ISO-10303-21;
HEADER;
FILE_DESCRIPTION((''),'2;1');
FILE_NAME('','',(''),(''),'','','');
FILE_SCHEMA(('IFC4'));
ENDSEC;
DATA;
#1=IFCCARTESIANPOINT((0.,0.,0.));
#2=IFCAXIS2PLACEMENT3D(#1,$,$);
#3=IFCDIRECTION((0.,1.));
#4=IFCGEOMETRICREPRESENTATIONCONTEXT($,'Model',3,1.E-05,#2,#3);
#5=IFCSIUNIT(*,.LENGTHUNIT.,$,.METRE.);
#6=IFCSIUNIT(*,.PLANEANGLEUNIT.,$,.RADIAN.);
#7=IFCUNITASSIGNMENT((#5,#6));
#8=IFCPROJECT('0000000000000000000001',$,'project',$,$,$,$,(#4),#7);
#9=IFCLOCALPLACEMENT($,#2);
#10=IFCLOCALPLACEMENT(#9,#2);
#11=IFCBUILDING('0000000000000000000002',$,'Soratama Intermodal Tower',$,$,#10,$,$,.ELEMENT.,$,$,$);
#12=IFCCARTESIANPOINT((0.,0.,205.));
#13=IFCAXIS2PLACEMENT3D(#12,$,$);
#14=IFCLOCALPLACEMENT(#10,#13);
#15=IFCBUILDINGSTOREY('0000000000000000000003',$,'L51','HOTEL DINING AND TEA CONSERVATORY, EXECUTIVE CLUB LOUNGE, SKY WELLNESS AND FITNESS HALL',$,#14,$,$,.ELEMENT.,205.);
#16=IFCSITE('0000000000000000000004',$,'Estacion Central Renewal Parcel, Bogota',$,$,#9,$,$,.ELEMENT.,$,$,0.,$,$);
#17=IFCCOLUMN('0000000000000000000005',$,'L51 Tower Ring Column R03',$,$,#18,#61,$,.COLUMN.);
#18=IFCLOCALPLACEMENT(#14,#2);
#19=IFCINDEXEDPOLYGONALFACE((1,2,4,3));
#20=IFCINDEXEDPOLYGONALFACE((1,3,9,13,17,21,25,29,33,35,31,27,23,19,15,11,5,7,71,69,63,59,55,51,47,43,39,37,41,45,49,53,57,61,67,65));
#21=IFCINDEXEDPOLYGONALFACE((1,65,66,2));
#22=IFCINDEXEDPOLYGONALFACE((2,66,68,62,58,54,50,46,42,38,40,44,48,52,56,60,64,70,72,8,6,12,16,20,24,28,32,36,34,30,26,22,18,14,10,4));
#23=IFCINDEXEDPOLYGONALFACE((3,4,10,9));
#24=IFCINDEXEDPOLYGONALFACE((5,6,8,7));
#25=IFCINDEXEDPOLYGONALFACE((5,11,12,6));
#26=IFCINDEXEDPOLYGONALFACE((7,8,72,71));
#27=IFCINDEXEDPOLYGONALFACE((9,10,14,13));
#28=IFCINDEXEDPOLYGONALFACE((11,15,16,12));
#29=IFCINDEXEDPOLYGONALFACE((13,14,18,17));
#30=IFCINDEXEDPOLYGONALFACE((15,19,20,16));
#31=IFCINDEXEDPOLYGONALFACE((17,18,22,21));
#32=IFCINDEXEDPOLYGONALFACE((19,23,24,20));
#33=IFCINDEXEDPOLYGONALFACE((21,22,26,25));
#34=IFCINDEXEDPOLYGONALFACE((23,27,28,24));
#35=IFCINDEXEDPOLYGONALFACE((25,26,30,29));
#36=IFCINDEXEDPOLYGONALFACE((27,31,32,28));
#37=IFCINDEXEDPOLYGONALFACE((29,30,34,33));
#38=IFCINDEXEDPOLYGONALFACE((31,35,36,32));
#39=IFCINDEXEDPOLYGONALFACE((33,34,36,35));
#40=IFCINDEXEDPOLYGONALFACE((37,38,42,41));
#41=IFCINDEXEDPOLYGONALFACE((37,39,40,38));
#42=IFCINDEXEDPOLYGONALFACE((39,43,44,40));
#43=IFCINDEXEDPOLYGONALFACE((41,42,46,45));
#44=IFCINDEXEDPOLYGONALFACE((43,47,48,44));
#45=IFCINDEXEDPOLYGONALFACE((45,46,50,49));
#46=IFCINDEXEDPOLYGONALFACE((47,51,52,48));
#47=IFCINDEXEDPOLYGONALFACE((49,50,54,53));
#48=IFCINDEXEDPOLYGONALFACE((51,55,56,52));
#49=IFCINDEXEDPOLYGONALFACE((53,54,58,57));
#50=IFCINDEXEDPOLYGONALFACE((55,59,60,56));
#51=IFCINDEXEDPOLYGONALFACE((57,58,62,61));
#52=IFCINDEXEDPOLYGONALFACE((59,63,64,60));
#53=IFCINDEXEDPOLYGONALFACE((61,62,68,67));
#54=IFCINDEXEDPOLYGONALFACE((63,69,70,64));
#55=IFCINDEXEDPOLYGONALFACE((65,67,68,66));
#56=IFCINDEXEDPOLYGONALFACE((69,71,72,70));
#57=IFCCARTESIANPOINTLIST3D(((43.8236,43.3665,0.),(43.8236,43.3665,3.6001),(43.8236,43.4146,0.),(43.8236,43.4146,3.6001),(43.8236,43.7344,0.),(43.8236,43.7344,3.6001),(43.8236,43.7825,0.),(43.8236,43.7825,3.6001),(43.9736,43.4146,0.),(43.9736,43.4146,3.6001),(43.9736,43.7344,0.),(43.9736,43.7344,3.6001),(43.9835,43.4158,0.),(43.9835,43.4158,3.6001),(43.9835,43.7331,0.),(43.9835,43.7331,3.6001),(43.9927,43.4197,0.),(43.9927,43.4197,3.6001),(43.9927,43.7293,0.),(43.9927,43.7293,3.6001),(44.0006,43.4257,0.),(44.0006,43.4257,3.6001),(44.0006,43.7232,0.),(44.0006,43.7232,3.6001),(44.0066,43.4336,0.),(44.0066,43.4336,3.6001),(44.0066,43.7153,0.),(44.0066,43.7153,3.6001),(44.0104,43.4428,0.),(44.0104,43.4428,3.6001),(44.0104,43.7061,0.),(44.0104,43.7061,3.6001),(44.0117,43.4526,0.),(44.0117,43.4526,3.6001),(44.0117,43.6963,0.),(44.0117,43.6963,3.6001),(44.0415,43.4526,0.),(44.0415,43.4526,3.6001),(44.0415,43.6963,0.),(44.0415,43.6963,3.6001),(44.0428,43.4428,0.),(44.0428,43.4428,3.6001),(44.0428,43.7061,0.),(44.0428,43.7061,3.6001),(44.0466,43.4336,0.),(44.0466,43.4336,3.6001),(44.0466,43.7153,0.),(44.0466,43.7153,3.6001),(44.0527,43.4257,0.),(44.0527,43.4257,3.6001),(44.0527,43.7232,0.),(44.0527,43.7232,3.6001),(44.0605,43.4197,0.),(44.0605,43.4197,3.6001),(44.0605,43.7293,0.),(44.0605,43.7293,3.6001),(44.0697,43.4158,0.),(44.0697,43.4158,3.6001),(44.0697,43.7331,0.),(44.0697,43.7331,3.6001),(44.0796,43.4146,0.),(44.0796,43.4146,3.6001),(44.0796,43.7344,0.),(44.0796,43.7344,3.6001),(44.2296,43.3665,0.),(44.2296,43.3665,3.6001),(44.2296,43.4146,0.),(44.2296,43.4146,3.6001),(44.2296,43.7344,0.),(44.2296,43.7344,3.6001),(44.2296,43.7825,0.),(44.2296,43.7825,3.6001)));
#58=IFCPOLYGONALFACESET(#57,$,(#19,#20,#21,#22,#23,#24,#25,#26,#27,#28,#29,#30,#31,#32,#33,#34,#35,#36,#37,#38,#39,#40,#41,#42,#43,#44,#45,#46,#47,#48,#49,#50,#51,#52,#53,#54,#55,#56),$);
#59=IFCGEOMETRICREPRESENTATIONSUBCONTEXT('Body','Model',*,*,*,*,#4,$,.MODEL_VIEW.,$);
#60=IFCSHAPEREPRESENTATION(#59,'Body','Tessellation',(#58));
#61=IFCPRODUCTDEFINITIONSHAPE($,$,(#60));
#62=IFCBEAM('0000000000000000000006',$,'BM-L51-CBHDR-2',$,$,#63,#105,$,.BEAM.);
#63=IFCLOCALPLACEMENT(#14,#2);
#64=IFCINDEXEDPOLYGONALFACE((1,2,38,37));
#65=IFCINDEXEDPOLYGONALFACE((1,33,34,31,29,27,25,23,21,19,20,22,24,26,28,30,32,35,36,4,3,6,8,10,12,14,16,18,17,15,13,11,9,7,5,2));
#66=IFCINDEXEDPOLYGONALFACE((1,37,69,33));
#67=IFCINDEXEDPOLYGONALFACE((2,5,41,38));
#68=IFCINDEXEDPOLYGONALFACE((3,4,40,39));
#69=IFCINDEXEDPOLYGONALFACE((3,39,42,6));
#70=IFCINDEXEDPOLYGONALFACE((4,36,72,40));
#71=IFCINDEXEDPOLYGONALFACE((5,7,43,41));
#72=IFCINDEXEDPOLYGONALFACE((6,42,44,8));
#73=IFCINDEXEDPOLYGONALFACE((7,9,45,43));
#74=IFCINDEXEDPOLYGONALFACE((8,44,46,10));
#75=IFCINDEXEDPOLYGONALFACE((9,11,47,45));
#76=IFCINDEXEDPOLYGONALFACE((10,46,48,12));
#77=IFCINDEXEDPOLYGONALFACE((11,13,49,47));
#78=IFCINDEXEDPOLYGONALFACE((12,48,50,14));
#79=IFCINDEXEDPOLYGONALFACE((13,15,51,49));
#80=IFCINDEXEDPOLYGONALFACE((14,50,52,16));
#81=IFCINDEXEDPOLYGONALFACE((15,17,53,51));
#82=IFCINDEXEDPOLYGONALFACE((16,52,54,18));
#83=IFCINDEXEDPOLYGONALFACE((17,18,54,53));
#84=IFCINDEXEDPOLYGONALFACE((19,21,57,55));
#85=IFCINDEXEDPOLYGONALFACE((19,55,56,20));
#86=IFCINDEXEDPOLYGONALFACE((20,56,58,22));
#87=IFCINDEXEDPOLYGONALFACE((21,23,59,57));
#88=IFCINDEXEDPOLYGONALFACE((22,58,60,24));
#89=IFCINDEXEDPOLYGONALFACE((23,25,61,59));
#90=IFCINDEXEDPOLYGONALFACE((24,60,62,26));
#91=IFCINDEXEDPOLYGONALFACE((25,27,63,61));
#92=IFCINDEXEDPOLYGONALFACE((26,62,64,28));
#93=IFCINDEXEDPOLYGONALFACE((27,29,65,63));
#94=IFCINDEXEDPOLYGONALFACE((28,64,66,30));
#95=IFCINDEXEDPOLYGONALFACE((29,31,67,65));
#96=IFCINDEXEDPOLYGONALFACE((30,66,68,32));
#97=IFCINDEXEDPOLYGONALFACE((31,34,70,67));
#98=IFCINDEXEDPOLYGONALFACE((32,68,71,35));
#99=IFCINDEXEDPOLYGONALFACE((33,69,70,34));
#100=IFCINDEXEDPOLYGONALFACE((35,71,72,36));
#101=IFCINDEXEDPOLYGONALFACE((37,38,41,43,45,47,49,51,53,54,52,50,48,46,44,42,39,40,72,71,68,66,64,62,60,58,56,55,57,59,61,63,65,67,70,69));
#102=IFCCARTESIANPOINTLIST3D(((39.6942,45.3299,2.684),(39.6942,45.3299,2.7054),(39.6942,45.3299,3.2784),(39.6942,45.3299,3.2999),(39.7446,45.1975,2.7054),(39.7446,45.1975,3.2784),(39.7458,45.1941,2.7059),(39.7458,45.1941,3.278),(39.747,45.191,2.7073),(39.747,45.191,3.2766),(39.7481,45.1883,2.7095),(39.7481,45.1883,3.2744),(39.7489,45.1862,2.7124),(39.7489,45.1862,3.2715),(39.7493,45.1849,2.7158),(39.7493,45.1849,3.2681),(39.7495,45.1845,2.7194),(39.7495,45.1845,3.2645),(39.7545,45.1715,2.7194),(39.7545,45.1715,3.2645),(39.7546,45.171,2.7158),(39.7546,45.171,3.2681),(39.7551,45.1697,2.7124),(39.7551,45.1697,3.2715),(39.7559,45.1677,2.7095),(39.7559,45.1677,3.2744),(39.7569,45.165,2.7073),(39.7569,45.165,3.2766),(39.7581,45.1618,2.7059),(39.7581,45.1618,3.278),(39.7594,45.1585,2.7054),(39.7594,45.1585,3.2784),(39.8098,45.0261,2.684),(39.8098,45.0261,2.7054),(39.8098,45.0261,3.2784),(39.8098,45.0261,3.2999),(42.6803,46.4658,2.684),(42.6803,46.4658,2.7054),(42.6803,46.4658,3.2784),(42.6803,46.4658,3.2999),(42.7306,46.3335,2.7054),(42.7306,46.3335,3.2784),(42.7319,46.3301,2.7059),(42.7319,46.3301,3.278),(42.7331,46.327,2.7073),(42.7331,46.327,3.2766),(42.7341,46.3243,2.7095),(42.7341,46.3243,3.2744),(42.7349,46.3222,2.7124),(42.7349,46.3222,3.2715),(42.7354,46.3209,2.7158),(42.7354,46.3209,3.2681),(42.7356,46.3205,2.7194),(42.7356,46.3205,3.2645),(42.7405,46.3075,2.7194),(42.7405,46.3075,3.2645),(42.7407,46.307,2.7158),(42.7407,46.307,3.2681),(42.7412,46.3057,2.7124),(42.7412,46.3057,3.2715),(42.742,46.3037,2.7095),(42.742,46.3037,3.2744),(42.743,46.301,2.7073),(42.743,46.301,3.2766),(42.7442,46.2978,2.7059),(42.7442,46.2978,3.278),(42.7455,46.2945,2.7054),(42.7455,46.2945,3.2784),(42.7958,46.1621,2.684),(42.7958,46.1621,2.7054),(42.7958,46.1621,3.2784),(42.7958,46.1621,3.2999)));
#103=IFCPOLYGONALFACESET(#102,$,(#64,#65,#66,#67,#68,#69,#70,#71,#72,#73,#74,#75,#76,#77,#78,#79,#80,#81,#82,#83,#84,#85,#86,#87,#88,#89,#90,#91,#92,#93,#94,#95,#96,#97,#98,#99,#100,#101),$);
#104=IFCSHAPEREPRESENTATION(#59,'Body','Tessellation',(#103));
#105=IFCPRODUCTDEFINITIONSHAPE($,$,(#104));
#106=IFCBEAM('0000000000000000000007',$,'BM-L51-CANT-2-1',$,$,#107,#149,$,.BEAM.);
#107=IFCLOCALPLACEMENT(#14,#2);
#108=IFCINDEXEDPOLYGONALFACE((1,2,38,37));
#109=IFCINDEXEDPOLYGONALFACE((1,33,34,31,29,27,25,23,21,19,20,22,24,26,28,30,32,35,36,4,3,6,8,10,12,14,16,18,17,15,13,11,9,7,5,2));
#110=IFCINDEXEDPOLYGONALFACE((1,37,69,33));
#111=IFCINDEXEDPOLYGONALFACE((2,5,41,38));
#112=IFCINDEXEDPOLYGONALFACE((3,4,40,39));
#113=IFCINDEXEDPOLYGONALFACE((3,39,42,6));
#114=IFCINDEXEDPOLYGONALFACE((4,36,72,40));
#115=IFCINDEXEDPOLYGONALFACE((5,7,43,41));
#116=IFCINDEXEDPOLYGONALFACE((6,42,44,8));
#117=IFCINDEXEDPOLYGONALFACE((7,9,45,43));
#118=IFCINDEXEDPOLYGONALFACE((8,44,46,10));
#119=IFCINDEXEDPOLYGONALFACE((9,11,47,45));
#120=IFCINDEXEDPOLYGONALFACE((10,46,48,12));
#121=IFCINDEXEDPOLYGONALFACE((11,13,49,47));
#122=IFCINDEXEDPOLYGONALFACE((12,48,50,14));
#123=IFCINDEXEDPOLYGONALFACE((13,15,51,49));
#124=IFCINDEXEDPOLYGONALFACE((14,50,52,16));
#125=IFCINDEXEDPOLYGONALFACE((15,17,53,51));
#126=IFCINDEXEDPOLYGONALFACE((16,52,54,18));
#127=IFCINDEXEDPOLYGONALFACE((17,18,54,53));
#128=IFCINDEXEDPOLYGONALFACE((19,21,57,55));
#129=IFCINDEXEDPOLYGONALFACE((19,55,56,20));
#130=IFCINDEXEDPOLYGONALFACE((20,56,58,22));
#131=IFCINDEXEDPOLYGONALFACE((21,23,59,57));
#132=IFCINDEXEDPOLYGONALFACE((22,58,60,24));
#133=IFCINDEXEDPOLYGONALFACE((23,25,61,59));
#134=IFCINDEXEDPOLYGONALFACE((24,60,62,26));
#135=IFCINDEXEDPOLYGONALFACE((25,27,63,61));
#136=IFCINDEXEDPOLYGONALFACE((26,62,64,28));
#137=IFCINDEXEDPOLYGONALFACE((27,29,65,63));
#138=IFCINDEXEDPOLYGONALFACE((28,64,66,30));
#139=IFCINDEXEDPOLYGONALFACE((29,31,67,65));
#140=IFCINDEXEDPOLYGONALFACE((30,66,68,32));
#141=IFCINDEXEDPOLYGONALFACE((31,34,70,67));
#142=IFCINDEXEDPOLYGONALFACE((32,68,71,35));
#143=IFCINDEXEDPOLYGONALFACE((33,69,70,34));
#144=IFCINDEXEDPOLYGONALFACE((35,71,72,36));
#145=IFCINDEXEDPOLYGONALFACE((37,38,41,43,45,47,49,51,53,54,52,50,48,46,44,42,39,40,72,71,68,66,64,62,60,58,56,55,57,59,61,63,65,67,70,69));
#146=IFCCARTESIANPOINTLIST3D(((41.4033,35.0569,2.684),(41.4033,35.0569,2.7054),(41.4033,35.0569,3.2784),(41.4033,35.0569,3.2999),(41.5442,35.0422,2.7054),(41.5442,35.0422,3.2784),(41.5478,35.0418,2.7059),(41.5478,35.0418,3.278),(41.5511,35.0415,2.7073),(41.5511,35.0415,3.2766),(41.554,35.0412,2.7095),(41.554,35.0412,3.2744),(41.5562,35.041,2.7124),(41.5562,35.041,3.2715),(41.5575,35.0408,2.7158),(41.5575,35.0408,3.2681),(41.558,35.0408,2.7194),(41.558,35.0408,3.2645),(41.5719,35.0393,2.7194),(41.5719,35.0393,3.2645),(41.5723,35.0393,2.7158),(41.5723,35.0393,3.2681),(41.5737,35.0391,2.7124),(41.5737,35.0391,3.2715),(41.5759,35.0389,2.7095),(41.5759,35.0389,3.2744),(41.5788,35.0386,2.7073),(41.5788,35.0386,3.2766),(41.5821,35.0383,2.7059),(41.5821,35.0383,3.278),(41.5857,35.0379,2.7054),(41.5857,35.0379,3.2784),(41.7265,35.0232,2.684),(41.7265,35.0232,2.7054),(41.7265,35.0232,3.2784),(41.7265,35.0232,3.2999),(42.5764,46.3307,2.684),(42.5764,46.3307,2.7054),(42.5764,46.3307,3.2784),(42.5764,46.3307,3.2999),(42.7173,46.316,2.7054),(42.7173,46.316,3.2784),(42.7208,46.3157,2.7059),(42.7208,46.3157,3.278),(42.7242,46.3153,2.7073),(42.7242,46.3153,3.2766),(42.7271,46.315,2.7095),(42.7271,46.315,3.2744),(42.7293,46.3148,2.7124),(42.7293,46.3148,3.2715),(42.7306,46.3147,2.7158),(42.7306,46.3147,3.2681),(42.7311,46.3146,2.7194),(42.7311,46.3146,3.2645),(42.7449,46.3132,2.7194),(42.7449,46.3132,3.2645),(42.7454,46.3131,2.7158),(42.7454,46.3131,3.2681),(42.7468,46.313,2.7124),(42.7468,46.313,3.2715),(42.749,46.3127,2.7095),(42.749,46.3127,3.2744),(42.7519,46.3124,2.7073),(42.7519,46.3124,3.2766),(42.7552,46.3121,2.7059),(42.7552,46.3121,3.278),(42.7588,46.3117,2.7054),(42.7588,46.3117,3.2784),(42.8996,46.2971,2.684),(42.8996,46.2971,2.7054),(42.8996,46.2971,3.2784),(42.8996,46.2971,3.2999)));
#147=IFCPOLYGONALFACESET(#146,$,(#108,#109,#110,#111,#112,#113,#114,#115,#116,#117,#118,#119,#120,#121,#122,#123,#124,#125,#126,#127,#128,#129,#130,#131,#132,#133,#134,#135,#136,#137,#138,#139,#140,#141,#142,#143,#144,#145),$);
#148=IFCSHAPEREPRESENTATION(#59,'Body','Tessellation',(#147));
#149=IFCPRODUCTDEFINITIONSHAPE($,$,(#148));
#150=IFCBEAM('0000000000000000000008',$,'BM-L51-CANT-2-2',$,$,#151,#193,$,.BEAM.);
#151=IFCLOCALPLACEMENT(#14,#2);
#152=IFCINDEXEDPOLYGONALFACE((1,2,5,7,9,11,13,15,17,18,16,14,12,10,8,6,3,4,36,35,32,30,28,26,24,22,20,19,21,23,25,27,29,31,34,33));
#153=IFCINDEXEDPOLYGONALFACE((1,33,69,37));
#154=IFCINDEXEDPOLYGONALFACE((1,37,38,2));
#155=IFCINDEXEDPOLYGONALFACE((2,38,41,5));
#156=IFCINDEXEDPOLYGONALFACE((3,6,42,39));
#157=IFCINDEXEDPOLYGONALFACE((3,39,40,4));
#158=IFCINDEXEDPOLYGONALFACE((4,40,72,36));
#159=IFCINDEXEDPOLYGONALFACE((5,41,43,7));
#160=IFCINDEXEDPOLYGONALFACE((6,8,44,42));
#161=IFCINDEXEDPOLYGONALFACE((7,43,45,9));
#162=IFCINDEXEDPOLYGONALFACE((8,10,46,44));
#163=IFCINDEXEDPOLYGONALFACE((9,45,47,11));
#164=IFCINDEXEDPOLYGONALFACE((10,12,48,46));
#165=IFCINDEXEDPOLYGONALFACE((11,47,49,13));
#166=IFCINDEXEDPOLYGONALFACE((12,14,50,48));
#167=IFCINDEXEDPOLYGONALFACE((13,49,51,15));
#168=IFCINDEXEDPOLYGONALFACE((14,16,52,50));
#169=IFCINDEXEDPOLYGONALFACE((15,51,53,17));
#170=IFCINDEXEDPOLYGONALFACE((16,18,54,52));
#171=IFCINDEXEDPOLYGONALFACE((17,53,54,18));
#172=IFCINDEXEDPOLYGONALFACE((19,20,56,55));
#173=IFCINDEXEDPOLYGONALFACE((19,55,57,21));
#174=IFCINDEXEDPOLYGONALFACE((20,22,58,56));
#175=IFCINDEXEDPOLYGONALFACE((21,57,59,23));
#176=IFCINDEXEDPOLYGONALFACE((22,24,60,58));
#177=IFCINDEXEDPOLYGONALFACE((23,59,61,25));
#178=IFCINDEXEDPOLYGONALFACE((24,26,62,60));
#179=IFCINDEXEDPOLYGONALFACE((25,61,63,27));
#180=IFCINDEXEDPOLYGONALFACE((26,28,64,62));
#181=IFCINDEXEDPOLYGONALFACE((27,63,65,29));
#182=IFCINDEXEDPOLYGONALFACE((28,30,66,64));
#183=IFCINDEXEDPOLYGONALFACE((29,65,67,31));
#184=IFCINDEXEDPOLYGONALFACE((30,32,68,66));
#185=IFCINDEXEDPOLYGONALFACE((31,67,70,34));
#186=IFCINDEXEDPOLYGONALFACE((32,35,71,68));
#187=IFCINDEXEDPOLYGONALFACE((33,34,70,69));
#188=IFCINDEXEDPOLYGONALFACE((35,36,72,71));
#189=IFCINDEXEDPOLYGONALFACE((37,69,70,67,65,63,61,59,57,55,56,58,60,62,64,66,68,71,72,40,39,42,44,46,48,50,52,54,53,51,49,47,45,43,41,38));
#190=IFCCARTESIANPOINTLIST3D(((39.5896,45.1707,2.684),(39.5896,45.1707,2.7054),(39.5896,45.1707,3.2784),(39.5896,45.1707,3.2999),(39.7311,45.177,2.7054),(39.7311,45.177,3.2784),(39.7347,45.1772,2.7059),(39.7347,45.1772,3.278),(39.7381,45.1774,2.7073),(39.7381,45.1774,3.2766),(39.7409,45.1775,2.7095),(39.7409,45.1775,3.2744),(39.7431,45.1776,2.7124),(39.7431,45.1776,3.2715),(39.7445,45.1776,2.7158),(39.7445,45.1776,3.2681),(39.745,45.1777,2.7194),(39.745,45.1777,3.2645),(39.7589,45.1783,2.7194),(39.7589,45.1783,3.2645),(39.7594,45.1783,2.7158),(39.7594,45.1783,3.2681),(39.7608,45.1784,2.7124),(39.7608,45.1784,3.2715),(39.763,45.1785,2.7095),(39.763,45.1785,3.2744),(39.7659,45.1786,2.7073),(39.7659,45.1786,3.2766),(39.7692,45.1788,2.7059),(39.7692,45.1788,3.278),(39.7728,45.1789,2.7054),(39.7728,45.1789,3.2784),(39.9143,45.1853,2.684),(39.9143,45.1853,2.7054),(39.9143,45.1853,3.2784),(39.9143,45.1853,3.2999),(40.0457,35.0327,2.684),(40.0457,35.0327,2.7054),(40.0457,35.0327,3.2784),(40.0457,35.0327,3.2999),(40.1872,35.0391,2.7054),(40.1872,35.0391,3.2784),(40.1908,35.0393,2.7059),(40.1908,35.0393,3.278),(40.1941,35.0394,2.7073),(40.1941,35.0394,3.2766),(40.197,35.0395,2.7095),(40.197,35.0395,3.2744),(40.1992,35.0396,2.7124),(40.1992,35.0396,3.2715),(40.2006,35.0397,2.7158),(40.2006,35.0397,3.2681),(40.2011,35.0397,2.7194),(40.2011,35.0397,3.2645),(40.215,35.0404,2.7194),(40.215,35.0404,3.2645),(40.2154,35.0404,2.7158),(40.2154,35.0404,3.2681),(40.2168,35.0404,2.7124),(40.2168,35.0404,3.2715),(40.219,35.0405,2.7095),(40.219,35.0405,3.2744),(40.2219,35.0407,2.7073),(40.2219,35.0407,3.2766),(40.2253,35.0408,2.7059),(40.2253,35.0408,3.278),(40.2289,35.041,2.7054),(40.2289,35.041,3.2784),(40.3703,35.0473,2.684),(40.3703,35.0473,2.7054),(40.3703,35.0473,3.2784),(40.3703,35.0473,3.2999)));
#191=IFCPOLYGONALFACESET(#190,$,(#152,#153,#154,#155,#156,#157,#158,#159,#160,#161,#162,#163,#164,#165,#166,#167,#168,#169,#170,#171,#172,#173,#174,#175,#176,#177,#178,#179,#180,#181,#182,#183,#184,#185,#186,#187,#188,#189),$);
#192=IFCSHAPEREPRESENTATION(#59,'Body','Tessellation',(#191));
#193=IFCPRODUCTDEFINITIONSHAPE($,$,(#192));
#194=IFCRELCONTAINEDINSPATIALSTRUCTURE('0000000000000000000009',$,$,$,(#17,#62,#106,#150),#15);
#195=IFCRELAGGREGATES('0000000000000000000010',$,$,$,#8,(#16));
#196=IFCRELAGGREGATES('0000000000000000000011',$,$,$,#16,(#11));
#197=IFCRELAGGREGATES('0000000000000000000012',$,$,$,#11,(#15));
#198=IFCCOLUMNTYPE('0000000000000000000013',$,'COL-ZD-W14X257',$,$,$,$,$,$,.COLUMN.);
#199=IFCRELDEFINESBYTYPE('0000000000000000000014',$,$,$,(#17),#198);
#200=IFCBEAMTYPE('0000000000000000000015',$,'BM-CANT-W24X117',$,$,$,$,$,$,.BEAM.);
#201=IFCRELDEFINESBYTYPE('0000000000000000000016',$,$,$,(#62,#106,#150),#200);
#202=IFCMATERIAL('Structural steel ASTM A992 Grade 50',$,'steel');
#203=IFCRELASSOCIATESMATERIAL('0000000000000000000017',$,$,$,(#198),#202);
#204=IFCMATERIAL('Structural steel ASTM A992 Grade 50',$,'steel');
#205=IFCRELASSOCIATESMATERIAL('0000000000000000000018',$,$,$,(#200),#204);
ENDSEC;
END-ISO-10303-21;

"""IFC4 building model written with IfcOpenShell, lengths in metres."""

from ifc_helpers import new_model, si_unit, direction, frame, origin, origin_2d, place, context, subcontext, project, spatial, i_section, extrude, material, material_profile, profile_set, type_object, element, save


model = new_model("IFC4")

# Units and contexts
model_context = context("Model", 3, precision=1e-05, world=origin(), true_north=direction((0.0, 1.0)))
body_context = subcontext(model_context, "Body", "Model", "MODEL_VIEW")
ifc_project = project(units=[si_unit("LENGTHUNIT", "METRE"), si_unit("PLANEANGLEUNIT", "RADIAN")], contexts=[model_context])

# Site, building, storey
site_placement = place(None, origin())
site = spatial("IfcSite", under=ifc_project, at=site_placement, Name="Estacion Central Renewal Parcel, Bogota", CompositionType="ELEMENT", RefElevation=0.0)
building_placement = place(site_placement, origin())
building = spatial("IfcBuilding", under=site, at=building_placement, Name="Soratama Intermodal Tower", CompositionType="ELEMENT")
storey_placement = place(building_placement, frame((0.0, 0.0, 205.0)))
storey = spatial("IfcBuildingStorey", under=building, at=storey_placement, Name="L51", Description="HOTEL DINING AND TEA CONSERVATORY, EXECUTIVE CLUB LOUNGE, SKY WELLNESS AND FITNESS HALL", CompositionType="ELEMENT", Elevation=205.0)

# Column
ifc_material_1 = material(Name="Structural steel ASTM A992 Grade 50", Category="steel")
ifc_material_profile_1 = material_profile(ifc_material_1, i_section(OverallWidth=0.406, OverallDepth=0.416, WebThickness=0.0298, FlangeThickness=0.0481, FilletRadius=0.0381, at=origin_2d()), Name="W14X257")
ifc_profile_set_1 = profile_set([ifc_material_profile_1], Name="Structural steel ASTM A992 Grade 50")
column_type = type_object("IfcColumnType", Name="COL-ZD-W14X257", PredefinedType="COLUMN", material=ifc_profile_set_1)
column_placement = place(storey_placement, frame((44.0266, 43.5745, 0.0), z_axis=(0.0, 0.0, 1.0), x_axis=(1.0, 0.0, 0.0)))
element("IfcColumn", 1, at=column_placement, inside=storey, type_object=column_type, Name="L51 Tower Ring Column R03", PredefinedType="COLUMN", context=body_context, shape_type="SweptSolid", body=[
    extrude(i_section(OverallWidth=0.406, OverallDepth=0.416, WebThickness=0.0298, FlangeThickness=0.0481, FilletRadius=0.0381, at=origin_2d()), origin(), (0.0, 0.0, 1.0), 3.6001),
])

# Beams
ifc_material_2 = material(Name="Structural steel ASTM A992 Grade 50", Category="steel")
ifc_material_profile_2 = material_profile(ifc_material_2, i_section(OverallWidth=0.325, OverallDepth=0.616, WebThickness=0.0139, FlangeThickness=0.0215, FilletRadius=0.0139, at=origin_2d()), Name="W24X117")
ifc_profile_set_2 = profile_set([ifc_material_profile_2], Name="Structural steel ASTM A992 Grade 50")
beam_type_1 = type_object("IfcBeamType", Name="BM-CANT-W24X117", PredefinedType="BEAM", material=ifc_profile_set_2)
beam_1_placement = place(storey_placement, frame((42.738, 46.314, 2.9919), z_axis=(-0.934651, -0.355566, 0.0), x_axis=(0.355566, -0.934651, 0.0)))
element("IfcBeam", 2, at=beam_1_placement, inside=storey, type_object=beam_type_1, Name="BM-L51-CBHDR-2", PredefinedType="BEAM", context=body_context, shape_type="SweptSolid", body=[
    extrude(i_section(OverallWidth=0.325, OverallDepth=0.616, WebThickness=0.0139, FlangeThickness=0.0215, FilletRadius=0.0139, at=origin_2d()), origin(), (0.0, 0.0, 1.0), 3.1948),
])
beam_2_placement = place(storey_placement, frame((41.5649, 35.04, 2.9919), z_axis=(0.103495, 0.99463, 0.0), x_axis=(-0.99463, 0.103495, 0.0)))
element("IfcBeam", 3, at=beam_2_placement, inside=storey, type_object=beam_type_1, Name="BM-L51-CANT-2-1", PredefinedType="BEAM", context=body_context, shape_type="SweptSolid", body=[
    extrude(i_section(OverallWidth=0.325, OverallDepth=0.616, WebThickness=0.0139, FlangeThickness=0.0215, FilletRadius=0.0139, at=origin_2d()), origin(), (0.0, 0.0, 1.0), 11.3347),
])
beam_3_placement = place(storey_placement, frame((40.208, 35.04, 2.9919), z_axis=(-0.04494, 0.99899, 0.0), x_axis=(-0.99899, -0.04494, 0.0)))
element("IfcBeam", 4, at=beam_3_placement, inside=storey, type_object=beam_type_1, Name="BM-L51-CANT-2-2", PredefinedType="BEAM", context=body_context, shape_type="SweptSolid", body=[
    extrude(i_section(OverallWidth=0.325, OverallDepth=0.616, WebThickness=0.0139, FlangeThickness=0.0215, FilletRadius=0.0139, at=origin_2d()), origin(), (0.0, 0.0, 1.0), 10.1482),
])

save(model, "model.ifc")
